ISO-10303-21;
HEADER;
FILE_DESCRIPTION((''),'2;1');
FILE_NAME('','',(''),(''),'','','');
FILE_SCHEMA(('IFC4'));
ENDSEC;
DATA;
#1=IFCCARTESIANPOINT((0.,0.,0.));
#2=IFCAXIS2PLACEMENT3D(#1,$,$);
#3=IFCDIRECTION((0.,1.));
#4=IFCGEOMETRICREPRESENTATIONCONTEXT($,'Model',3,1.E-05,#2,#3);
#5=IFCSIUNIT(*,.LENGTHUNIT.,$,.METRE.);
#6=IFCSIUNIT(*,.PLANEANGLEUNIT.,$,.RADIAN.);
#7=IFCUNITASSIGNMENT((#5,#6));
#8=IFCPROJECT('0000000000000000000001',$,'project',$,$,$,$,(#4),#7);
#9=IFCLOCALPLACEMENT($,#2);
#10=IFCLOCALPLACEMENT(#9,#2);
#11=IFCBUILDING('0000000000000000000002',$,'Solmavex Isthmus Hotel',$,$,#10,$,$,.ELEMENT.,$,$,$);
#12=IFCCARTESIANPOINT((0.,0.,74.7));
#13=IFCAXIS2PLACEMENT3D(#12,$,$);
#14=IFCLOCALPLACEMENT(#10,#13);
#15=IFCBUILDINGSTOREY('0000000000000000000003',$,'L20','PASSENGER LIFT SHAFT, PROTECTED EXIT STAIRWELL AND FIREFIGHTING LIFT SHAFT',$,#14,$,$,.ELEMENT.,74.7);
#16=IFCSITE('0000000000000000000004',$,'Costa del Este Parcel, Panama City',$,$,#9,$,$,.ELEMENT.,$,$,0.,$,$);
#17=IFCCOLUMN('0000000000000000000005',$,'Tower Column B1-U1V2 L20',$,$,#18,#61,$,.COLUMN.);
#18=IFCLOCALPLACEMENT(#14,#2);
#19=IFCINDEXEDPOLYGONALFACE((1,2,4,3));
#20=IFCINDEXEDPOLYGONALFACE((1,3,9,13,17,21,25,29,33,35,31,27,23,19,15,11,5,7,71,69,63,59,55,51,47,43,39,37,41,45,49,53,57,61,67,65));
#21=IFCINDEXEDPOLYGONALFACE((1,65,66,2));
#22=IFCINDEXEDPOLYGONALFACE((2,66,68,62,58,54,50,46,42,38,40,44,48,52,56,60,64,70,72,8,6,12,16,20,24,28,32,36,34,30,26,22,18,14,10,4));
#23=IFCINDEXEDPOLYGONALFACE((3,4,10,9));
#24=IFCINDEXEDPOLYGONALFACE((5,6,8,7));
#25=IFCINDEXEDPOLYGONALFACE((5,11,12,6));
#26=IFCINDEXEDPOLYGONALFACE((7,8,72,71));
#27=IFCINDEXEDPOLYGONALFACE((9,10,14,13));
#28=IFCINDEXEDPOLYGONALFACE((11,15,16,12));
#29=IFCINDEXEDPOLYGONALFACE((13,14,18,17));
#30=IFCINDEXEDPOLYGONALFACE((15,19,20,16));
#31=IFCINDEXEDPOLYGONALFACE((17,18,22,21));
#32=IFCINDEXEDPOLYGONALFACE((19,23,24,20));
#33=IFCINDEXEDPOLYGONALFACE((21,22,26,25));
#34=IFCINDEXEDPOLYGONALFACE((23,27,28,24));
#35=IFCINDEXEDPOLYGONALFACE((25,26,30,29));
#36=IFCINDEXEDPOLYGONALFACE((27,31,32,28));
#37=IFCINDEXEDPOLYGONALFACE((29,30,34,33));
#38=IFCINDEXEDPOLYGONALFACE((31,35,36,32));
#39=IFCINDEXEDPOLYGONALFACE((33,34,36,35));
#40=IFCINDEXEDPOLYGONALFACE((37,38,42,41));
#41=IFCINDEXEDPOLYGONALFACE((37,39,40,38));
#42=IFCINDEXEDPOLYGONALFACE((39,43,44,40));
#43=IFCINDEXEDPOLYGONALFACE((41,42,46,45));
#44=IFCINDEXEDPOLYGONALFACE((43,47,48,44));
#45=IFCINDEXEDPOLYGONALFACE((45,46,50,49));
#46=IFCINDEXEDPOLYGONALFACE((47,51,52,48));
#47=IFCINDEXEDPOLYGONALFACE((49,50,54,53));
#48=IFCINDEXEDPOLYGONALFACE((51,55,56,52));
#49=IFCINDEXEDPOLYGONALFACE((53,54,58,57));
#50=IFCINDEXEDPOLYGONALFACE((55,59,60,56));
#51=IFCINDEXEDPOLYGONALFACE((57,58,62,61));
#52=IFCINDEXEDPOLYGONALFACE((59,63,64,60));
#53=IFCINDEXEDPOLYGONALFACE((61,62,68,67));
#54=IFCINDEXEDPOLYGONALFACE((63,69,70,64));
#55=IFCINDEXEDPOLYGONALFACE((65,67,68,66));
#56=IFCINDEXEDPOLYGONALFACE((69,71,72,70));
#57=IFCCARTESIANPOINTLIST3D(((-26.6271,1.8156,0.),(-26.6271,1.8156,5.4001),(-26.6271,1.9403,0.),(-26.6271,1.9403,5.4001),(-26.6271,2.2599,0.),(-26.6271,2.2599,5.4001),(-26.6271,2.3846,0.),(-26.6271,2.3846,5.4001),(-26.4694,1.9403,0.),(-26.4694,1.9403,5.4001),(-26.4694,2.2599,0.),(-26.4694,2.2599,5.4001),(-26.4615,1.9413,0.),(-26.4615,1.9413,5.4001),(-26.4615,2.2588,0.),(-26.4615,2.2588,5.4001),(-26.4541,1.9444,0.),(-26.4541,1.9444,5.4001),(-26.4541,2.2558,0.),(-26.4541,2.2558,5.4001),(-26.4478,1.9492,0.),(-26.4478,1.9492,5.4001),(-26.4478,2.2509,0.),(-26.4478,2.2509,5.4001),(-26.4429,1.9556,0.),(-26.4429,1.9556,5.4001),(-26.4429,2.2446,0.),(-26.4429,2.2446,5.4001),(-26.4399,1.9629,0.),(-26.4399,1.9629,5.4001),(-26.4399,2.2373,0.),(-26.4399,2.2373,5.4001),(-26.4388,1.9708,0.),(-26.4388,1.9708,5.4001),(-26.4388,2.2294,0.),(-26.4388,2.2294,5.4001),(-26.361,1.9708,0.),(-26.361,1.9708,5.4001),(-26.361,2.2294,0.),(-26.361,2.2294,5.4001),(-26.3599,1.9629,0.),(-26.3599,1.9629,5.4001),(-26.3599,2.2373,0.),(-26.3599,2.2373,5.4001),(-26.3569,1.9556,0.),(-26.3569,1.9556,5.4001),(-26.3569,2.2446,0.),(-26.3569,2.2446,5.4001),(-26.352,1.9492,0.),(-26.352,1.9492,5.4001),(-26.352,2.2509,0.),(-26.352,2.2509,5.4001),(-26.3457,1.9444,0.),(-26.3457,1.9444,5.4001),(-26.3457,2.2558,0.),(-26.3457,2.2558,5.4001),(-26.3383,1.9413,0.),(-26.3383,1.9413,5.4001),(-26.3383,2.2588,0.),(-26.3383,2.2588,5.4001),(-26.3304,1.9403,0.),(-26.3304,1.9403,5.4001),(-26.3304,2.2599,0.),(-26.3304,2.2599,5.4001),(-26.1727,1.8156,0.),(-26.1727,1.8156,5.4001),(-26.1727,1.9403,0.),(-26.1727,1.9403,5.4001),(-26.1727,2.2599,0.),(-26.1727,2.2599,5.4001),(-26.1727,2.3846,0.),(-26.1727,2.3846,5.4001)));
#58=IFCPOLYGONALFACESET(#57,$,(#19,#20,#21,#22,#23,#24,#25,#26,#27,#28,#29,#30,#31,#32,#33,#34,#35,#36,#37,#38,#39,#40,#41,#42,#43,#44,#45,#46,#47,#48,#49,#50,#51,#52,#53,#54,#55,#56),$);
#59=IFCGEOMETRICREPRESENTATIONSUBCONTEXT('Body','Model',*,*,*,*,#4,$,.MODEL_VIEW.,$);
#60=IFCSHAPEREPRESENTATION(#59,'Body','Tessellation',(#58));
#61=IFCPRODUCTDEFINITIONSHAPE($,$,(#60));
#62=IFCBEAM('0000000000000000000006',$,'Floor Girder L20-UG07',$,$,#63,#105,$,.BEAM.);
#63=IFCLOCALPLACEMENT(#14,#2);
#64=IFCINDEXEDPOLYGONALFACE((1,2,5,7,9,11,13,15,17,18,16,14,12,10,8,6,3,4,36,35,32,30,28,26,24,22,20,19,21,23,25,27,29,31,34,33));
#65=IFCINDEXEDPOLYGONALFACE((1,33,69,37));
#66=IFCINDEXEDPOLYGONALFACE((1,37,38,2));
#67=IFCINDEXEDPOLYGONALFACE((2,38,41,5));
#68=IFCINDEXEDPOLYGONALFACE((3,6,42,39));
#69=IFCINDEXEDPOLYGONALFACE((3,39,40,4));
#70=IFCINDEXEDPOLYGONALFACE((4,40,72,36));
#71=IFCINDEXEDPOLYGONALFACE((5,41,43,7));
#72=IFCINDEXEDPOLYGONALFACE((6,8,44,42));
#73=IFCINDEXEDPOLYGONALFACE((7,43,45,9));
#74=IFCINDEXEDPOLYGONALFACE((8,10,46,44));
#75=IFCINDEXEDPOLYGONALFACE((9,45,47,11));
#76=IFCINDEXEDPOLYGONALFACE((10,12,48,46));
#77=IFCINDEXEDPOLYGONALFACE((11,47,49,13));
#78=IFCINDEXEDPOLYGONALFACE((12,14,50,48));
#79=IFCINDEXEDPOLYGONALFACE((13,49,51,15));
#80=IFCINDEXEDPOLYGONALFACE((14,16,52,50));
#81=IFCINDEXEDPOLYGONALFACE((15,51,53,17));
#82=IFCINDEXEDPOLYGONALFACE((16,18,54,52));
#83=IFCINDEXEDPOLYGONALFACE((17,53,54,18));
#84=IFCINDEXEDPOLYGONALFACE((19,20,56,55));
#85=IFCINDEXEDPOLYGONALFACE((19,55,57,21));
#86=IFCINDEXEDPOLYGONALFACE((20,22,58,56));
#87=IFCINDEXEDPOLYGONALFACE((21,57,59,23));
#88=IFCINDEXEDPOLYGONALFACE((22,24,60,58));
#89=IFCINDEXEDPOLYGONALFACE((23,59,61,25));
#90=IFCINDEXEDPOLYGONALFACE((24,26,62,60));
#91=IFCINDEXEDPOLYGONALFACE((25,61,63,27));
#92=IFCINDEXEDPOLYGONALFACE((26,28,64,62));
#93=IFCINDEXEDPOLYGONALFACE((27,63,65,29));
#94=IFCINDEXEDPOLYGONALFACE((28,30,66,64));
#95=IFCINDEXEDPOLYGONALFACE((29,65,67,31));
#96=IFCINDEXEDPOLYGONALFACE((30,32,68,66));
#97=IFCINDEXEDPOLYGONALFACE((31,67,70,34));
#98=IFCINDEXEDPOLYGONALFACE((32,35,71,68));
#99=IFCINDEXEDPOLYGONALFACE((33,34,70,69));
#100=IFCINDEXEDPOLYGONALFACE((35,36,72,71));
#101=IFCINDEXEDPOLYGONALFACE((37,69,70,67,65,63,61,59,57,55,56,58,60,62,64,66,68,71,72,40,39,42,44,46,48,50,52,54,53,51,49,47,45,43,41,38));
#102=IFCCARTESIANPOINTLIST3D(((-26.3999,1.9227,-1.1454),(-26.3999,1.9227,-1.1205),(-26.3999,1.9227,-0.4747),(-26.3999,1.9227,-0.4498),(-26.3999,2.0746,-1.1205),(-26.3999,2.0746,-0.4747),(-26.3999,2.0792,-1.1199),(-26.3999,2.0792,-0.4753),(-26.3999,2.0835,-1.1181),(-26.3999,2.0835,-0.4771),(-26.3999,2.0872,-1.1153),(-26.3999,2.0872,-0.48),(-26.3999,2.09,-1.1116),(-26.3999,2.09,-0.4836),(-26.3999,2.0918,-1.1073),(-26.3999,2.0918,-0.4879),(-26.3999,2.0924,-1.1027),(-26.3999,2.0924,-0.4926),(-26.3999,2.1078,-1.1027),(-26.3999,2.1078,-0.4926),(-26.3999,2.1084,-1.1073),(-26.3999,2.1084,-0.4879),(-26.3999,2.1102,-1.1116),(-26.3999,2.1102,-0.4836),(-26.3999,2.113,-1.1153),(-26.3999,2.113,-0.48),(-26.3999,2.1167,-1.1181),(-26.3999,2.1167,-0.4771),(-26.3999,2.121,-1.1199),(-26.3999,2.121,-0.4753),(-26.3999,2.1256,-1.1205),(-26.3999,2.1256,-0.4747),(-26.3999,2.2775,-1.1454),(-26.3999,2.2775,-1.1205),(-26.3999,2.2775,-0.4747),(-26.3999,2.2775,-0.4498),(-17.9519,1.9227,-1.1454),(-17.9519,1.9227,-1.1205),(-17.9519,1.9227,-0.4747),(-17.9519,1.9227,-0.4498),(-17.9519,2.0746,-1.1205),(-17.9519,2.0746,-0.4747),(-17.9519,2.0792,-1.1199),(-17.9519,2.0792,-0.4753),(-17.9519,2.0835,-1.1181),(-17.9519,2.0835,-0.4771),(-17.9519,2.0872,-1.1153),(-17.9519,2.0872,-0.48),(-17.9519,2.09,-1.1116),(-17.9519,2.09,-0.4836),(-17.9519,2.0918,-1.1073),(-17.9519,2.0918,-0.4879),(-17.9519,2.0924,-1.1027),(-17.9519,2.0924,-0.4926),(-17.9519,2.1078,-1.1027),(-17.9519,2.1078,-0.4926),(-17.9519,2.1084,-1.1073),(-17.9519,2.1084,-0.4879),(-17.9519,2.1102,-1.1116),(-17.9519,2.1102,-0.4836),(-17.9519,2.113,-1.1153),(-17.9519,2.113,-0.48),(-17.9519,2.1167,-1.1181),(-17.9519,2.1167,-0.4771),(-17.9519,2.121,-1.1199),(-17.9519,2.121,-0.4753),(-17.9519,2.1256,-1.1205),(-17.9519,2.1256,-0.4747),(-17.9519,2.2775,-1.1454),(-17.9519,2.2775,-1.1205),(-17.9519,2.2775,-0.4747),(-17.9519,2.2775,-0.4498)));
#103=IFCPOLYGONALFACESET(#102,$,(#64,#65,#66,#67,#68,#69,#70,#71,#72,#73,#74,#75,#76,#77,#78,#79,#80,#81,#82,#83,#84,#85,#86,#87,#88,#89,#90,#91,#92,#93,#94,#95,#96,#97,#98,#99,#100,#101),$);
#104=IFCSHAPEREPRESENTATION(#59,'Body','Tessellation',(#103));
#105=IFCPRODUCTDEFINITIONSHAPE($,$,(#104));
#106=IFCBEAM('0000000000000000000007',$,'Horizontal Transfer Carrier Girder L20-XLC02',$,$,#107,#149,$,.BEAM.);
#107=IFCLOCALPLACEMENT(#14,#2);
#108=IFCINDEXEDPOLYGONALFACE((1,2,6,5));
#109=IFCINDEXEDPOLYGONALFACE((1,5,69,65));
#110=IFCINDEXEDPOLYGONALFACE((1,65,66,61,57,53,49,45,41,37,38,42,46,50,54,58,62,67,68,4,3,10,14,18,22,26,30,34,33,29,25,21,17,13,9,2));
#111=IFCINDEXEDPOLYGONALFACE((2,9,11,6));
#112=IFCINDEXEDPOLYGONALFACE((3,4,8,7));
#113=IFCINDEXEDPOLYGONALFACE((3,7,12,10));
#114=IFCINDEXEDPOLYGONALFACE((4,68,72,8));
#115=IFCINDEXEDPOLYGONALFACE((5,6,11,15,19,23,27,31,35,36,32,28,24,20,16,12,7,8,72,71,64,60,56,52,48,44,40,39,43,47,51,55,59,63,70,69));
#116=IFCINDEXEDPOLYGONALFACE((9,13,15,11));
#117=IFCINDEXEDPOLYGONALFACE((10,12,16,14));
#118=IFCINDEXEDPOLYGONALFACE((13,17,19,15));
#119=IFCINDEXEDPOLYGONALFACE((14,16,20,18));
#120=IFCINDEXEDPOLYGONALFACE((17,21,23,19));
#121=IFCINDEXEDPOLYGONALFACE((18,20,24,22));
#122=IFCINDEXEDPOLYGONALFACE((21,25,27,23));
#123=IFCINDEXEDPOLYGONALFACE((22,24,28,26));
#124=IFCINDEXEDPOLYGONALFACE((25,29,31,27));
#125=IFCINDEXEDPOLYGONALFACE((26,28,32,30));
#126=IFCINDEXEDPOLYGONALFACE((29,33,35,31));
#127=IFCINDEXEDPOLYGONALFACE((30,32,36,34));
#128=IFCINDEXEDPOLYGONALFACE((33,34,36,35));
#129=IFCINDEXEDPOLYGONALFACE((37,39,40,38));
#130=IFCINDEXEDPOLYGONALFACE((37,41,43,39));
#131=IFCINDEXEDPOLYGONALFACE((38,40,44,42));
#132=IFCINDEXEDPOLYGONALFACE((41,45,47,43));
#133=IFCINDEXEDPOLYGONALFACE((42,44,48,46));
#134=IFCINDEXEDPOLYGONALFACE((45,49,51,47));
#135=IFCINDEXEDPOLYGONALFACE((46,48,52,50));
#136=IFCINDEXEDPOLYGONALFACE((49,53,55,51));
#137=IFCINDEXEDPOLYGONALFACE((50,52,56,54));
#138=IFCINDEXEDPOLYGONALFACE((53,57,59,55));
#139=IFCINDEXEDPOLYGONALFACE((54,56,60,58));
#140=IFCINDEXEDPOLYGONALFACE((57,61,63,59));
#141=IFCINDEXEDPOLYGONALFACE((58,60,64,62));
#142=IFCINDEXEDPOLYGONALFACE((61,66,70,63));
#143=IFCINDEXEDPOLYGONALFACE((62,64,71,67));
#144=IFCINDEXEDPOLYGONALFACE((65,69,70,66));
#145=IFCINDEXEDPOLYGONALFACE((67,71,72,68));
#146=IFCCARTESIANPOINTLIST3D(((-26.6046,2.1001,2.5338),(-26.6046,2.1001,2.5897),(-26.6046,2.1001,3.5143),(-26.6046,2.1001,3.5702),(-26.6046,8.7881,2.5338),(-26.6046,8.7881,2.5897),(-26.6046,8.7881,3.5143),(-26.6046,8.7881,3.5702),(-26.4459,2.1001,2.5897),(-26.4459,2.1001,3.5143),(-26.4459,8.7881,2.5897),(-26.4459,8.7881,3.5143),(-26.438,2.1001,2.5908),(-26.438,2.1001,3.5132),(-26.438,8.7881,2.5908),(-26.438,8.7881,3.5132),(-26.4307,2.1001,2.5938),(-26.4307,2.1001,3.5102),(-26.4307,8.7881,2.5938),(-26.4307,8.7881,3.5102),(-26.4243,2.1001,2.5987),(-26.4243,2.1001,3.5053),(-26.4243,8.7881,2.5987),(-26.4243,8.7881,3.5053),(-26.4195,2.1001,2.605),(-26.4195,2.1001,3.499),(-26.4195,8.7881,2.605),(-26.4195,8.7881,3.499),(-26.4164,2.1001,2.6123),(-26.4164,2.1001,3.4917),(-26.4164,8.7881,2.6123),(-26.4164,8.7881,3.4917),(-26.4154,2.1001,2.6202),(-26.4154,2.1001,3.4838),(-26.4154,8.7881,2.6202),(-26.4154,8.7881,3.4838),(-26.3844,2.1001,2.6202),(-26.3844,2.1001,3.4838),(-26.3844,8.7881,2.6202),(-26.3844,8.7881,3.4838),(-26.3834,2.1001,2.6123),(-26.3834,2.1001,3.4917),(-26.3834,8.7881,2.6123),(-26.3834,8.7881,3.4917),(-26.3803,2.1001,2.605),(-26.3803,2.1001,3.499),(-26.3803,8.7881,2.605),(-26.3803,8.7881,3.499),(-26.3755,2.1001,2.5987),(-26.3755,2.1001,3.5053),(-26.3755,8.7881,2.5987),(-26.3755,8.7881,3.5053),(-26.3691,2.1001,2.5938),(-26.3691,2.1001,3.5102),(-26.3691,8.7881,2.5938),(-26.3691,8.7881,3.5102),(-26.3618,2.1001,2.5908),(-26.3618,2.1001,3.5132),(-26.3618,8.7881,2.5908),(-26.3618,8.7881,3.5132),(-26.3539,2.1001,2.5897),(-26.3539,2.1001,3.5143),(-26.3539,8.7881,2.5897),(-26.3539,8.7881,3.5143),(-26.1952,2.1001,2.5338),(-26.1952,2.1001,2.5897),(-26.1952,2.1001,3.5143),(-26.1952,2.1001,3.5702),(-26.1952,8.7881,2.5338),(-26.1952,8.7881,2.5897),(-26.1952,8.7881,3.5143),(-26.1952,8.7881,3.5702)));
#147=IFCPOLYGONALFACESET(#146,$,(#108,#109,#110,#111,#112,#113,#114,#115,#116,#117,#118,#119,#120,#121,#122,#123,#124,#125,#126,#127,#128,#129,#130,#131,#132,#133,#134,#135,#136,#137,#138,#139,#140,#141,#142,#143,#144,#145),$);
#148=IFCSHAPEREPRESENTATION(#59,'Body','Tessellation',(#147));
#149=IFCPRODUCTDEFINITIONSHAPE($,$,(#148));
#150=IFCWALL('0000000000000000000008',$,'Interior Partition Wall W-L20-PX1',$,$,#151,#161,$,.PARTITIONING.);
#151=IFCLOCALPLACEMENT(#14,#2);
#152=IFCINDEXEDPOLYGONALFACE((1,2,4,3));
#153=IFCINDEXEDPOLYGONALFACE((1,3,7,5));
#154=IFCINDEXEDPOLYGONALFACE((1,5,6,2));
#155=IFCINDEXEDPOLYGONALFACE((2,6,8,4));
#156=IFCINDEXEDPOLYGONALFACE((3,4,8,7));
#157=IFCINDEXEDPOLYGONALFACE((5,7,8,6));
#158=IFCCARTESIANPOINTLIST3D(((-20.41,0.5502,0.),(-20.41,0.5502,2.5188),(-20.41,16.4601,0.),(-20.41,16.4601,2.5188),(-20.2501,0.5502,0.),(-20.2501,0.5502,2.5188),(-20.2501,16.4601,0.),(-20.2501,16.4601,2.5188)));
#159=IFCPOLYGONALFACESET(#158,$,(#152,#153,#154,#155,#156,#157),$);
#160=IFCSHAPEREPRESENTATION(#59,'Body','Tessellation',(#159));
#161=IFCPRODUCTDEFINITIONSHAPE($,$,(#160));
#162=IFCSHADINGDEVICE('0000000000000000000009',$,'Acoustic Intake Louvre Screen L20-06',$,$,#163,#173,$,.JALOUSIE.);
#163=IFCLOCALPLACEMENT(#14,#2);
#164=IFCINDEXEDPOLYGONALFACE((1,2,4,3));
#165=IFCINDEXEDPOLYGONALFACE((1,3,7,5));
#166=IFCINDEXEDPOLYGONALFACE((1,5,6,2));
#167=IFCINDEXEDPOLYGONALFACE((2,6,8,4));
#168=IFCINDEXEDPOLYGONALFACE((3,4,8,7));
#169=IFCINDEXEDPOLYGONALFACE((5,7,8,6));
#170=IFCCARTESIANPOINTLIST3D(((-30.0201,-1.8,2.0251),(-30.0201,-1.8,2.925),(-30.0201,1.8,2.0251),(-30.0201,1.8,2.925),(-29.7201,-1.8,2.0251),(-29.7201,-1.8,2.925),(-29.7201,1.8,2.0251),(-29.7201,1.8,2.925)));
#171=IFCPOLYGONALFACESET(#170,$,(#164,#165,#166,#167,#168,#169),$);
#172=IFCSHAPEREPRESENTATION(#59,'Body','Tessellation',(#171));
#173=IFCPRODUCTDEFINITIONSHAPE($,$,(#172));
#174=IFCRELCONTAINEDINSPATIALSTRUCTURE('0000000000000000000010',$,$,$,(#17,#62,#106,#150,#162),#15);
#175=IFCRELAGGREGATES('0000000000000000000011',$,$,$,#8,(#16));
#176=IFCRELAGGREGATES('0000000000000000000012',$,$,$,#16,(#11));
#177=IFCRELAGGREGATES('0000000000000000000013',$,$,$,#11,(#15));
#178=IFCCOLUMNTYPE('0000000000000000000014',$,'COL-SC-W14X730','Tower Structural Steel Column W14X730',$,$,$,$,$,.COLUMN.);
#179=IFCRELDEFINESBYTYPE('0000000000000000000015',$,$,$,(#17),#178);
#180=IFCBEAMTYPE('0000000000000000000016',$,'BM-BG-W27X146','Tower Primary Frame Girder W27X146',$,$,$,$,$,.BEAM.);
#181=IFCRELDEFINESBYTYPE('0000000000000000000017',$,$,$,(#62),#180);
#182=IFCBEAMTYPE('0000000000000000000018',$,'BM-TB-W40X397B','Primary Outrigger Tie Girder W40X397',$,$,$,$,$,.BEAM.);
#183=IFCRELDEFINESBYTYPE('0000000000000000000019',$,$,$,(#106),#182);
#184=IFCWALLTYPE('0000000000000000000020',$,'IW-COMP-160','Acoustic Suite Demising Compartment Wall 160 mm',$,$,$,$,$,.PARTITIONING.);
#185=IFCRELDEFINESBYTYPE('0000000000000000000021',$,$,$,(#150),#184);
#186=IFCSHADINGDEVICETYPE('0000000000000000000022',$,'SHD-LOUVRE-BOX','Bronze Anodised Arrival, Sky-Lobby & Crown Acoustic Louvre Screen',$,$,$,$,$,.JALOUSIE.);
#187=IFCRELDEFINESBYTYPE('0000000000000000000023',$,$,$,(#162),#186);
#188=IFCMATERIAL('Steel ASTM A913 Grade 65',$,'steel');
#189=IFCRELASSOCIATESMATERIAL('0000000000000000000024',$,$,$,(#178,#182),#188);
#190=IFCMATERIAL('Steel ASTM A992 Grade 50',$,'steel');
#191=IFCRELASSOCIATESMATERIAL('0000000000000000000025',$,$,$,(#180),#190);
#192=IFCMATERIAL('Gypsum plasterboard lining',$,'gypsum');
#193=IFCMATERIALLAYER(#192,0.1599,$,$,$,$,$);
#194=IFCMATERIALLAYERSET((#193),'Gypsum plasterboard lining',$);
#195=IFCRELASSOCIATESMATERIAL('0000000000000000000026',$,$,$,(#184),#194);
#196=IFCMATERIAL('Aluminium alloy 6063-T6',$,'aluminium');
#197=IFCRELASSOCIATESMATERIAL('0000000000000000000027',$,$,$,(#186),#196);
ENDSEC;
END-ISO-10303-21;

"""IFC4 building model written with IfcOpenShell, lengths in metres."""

from ifc_helpers import new_model, si_unit, direction, frame, frame_2d, origin, origin_2d, place, context, subcontext, project, spatial, rectangle, i_section, extrude, material, layer, layer_set, material_profile, profile_set, type_object, element, save


model = new_model("IFC4")

# Units and contexts
model_context = context("Model", 3, precision=1e-05, world=origin(), true_north=direction((0.0, 1.0)))
body_context = subcontext(model_context, "Body", "Model", "MODEL_VIEW")
ifc_project = project(units=[si_unit("LENGTHUNIT", "METRE"), si_unit("PLANEANGLEUNIT", "RADIAN")], contexts=[model_context])

# Site, building, storey
site_placement = place(None, origin())
site = spatial("IfcSite", under=ifc_project, at=site_placement, Name="Costa del Este Parcel, Panama City", CompositionType="ELEMENT", RefElevation=0.0)
building_placement = place(site_placement, origin())
building = spatial("IfcBuilding", under=site, at=building_placement, Name="Solmavex Isthmus Hotel", CompositionType="ELEMENT")
storey_placement = place(building_placement, frame((0.0, 0.0, 74.7)))
storey = spatial("IfcBuildingStorey", under=building, at=storey_placement, Name="L20", Description="PASSENGER LIFT SHAFT, PROTECTED EXIT STAIRWELL AND FIREFIGHTING LIFT SHAFT", CompositionType="ELEMENT", Elevation=74.7)

# Column
ifc_material_1 = material(Name="Steel ASTM A913 Grade 65", Category="steel")
ifc_material_profile_1 = material_profile(ifc_material_1, i_section(OverallWidth=0.4543, OverallDepth=0.5691, WebThickness=0.0779, FlangeThickness=0.1248, FilletRadius=0.0305, at=origin_2d()), Name="W14X730")
ifc_profile_set_1 = profile_set([ifc_material_profile_1], Name="Steel ASTM A913 Grade 65")
column_type = type_object("IfcColumnType", Name="COL-SC-W14X730", Description="Tower Structural Steel Column W14X730", PredefinedType="COLUMN", material=ifc_profile_set_1)
column_placement = place(storey_placement, frame((-26.3999, 2.1001, 0.0), z_axis=(0.0, 0.0, 1.0), x_axis=(1.0, 0.0, 0.0)))
element("IfcColumn", 1, at=column_placement, inside=storey, type_object=column_type, Name="Tower Column B1-U1V2 L20", PredefinedType="COLUMN", context=body_context, shape_type="SweptSolid", body=[
    extrude(i_section(OverallWidth=0.4543, OverallDepth=0.5691, WebThickness=0.0779, FlangeThickness=0.1248, FilletRadius=0.0305, at=origin_2d()), origin(), (0.0, 0.0, 1.0), 5.4001),
])

# Beams
ifc_material_2 = material(Name="Steel ASTM A992 Grade 50", Category="steel")
ifc_material_profile_2 = material_profile(ifc_material_2, i_section(OverallWidth=0.3547, OverallDepth=0.6956, WebThickness=0.0154, FlangeThickness=0.0249, FilletRadius=0.0178, at=origin_2d()), Name="W27X146")
ifc_profile_set_2 = profile_set([ifc_material_profile_2], Name="Steel ASTM A992 Grade 50")
beam_type_1 = type_object("IfcBeamType", Name="BM-BG-W27X146", Description="Tower Primary Frame Girder W27X146", PredefinedType="BEAM", material=ifc_profile_set_2)
beam_1_placement = place(storey_placement, frame((-26.3999, 2.1001, -0.7976), z_axis=(1.0, 0.0, 0.0), x_axis=(0.0, 1.0, 0.0)))
element("IfcBeam", 2, at=beam_1_placement, inside=storey, type_object=beam_type_1, Name="Floor Girder L20-UG07", PredefinedType="BEAM", context=body_context, shape_type="SweptSolid", body=[
    extrude(i_section(OverallWidth=0.3547, OverallDepth=0.6956, WebThickness=0.0154, FlangeThickness=0.0249, FilletRadius=0.0178, at=origin_2d()), origin(), (0.0, 0.0, 1.0), 8.448),
])
ifc_material_profile_3 = material_profile(ifc_material_1, i_section(OverallWidth=0.4094, OverallDepth=1.0364, WebThickness=0.031, FlangeThickness=0.0559, FilletRadius=0.0305, at=origin_2d()), Name="W40X397")
ifc_profile_set_3 = profile_set([ifc_material_profile_3], Name="Steel ASTM A913 Grade 65")
beam_type_2 = type_object("IfcBeamType", Name="BM-TB-W40X397B", Description="Primary Outrigger Tie Girder W40X397", PredefinedType="BEAM", material=ifc_profile_set_3)
beam_2_placement = place(storey_placement, frame((-26.3999, 2.1001, 3.052), z_axis=(0.0, 1.0, 0.0), x_axis=(-1.0, 0.0, 0.0)))
element("IfcBeam", 3, at=beam_2_placement, inside=storey, type_object=beam_type_2, Name="Horizontal Transfer Carrier Girder L20-XLC02", PredefinedType="BEAM", context=body_context, shape_type="SweptSolid", body=[
    extrude(i_section(OverallWidth=0.4094, OverallDepth=1.0364, WebThickness=0.031, FlangeThickness=0.0559, FilletRadius=0.0305, at=origin_2d()), origin(), (0.0, 0.0, 1.0), 6.688),
])

# Wall
ifc_material_3 = material(Name="Gypsum plasterboard lining", Category="gypsum")
ifc_layer_1 = layer(ifc_material_3, 0.1599)
ifc_layer_set_1 = layer_set([ifc_layer_1], Name="Gypsum plasterboard lining")
wall_type_1 = type_object("IfcWallType", Name="IW-COMP-160", Description="Acoustic Suite Demising Compartment Wall 160 mm", PredefinedType="PARTITIONING", material=ifc_layer_set_1)
wall_1_placement = place(storey_placement, frame((-20.3301, 0.55, 0.0), z_axis=(0.0, 0.0, 1.0), x_axis=(0.0, 1.0, 0.0)))
element("IfcWall", 4, at=wall_1_placement, inside=storey, type_object=wall_type_1, Name="Interior Partition Wall W-L20-PX1", PredefinedType="PARTITIONING", context=body_context, shape_type="SweptSolid", body=[
    extrude(rectangle(XDim=15.9099, YDim=0.1599, at=frame_2d((7.9551, 0.0))), origin(), (0.0, 0.0, 1.0), 2.5188),
])

# Shading device
ifc_material_4 = material(Name="Aluminium alloy 6063-T6", Category="aluminium")
shading_device_type = type_object("IfcShadingDeviceType", Name="SHD-LOUVRE-BOX", Description="Bronze Anodised Arrival, Sky-Lobby & Crown Acoustic Louvre Screen", PredefinedType="JALOUSIE", material=ifc_material_4)
shading_device_placement = place(storey_placement, frame((-29.8701, 0.0, 2.0251), z_axis=(0.0, 0.0, 1.0), x_axis=(0.0, 1.0, 0.0)))
element("IfcShadingDevice", 5, at=shading_device_placement, inside=storey, type_object=shading_device_type, Name="Acoustic Intake Louvre Screen L20-06", PredefinedType="JALOUSIE", context=body_context, shape_type="SweptSolid", body=[
    extrude(rectangle(XDim=3.6001, YDim=0.3, at=origin_2d()), origin(), (0.0, 0.0, 1.0), 0.8999),
])

save(model, "model.ifc")
